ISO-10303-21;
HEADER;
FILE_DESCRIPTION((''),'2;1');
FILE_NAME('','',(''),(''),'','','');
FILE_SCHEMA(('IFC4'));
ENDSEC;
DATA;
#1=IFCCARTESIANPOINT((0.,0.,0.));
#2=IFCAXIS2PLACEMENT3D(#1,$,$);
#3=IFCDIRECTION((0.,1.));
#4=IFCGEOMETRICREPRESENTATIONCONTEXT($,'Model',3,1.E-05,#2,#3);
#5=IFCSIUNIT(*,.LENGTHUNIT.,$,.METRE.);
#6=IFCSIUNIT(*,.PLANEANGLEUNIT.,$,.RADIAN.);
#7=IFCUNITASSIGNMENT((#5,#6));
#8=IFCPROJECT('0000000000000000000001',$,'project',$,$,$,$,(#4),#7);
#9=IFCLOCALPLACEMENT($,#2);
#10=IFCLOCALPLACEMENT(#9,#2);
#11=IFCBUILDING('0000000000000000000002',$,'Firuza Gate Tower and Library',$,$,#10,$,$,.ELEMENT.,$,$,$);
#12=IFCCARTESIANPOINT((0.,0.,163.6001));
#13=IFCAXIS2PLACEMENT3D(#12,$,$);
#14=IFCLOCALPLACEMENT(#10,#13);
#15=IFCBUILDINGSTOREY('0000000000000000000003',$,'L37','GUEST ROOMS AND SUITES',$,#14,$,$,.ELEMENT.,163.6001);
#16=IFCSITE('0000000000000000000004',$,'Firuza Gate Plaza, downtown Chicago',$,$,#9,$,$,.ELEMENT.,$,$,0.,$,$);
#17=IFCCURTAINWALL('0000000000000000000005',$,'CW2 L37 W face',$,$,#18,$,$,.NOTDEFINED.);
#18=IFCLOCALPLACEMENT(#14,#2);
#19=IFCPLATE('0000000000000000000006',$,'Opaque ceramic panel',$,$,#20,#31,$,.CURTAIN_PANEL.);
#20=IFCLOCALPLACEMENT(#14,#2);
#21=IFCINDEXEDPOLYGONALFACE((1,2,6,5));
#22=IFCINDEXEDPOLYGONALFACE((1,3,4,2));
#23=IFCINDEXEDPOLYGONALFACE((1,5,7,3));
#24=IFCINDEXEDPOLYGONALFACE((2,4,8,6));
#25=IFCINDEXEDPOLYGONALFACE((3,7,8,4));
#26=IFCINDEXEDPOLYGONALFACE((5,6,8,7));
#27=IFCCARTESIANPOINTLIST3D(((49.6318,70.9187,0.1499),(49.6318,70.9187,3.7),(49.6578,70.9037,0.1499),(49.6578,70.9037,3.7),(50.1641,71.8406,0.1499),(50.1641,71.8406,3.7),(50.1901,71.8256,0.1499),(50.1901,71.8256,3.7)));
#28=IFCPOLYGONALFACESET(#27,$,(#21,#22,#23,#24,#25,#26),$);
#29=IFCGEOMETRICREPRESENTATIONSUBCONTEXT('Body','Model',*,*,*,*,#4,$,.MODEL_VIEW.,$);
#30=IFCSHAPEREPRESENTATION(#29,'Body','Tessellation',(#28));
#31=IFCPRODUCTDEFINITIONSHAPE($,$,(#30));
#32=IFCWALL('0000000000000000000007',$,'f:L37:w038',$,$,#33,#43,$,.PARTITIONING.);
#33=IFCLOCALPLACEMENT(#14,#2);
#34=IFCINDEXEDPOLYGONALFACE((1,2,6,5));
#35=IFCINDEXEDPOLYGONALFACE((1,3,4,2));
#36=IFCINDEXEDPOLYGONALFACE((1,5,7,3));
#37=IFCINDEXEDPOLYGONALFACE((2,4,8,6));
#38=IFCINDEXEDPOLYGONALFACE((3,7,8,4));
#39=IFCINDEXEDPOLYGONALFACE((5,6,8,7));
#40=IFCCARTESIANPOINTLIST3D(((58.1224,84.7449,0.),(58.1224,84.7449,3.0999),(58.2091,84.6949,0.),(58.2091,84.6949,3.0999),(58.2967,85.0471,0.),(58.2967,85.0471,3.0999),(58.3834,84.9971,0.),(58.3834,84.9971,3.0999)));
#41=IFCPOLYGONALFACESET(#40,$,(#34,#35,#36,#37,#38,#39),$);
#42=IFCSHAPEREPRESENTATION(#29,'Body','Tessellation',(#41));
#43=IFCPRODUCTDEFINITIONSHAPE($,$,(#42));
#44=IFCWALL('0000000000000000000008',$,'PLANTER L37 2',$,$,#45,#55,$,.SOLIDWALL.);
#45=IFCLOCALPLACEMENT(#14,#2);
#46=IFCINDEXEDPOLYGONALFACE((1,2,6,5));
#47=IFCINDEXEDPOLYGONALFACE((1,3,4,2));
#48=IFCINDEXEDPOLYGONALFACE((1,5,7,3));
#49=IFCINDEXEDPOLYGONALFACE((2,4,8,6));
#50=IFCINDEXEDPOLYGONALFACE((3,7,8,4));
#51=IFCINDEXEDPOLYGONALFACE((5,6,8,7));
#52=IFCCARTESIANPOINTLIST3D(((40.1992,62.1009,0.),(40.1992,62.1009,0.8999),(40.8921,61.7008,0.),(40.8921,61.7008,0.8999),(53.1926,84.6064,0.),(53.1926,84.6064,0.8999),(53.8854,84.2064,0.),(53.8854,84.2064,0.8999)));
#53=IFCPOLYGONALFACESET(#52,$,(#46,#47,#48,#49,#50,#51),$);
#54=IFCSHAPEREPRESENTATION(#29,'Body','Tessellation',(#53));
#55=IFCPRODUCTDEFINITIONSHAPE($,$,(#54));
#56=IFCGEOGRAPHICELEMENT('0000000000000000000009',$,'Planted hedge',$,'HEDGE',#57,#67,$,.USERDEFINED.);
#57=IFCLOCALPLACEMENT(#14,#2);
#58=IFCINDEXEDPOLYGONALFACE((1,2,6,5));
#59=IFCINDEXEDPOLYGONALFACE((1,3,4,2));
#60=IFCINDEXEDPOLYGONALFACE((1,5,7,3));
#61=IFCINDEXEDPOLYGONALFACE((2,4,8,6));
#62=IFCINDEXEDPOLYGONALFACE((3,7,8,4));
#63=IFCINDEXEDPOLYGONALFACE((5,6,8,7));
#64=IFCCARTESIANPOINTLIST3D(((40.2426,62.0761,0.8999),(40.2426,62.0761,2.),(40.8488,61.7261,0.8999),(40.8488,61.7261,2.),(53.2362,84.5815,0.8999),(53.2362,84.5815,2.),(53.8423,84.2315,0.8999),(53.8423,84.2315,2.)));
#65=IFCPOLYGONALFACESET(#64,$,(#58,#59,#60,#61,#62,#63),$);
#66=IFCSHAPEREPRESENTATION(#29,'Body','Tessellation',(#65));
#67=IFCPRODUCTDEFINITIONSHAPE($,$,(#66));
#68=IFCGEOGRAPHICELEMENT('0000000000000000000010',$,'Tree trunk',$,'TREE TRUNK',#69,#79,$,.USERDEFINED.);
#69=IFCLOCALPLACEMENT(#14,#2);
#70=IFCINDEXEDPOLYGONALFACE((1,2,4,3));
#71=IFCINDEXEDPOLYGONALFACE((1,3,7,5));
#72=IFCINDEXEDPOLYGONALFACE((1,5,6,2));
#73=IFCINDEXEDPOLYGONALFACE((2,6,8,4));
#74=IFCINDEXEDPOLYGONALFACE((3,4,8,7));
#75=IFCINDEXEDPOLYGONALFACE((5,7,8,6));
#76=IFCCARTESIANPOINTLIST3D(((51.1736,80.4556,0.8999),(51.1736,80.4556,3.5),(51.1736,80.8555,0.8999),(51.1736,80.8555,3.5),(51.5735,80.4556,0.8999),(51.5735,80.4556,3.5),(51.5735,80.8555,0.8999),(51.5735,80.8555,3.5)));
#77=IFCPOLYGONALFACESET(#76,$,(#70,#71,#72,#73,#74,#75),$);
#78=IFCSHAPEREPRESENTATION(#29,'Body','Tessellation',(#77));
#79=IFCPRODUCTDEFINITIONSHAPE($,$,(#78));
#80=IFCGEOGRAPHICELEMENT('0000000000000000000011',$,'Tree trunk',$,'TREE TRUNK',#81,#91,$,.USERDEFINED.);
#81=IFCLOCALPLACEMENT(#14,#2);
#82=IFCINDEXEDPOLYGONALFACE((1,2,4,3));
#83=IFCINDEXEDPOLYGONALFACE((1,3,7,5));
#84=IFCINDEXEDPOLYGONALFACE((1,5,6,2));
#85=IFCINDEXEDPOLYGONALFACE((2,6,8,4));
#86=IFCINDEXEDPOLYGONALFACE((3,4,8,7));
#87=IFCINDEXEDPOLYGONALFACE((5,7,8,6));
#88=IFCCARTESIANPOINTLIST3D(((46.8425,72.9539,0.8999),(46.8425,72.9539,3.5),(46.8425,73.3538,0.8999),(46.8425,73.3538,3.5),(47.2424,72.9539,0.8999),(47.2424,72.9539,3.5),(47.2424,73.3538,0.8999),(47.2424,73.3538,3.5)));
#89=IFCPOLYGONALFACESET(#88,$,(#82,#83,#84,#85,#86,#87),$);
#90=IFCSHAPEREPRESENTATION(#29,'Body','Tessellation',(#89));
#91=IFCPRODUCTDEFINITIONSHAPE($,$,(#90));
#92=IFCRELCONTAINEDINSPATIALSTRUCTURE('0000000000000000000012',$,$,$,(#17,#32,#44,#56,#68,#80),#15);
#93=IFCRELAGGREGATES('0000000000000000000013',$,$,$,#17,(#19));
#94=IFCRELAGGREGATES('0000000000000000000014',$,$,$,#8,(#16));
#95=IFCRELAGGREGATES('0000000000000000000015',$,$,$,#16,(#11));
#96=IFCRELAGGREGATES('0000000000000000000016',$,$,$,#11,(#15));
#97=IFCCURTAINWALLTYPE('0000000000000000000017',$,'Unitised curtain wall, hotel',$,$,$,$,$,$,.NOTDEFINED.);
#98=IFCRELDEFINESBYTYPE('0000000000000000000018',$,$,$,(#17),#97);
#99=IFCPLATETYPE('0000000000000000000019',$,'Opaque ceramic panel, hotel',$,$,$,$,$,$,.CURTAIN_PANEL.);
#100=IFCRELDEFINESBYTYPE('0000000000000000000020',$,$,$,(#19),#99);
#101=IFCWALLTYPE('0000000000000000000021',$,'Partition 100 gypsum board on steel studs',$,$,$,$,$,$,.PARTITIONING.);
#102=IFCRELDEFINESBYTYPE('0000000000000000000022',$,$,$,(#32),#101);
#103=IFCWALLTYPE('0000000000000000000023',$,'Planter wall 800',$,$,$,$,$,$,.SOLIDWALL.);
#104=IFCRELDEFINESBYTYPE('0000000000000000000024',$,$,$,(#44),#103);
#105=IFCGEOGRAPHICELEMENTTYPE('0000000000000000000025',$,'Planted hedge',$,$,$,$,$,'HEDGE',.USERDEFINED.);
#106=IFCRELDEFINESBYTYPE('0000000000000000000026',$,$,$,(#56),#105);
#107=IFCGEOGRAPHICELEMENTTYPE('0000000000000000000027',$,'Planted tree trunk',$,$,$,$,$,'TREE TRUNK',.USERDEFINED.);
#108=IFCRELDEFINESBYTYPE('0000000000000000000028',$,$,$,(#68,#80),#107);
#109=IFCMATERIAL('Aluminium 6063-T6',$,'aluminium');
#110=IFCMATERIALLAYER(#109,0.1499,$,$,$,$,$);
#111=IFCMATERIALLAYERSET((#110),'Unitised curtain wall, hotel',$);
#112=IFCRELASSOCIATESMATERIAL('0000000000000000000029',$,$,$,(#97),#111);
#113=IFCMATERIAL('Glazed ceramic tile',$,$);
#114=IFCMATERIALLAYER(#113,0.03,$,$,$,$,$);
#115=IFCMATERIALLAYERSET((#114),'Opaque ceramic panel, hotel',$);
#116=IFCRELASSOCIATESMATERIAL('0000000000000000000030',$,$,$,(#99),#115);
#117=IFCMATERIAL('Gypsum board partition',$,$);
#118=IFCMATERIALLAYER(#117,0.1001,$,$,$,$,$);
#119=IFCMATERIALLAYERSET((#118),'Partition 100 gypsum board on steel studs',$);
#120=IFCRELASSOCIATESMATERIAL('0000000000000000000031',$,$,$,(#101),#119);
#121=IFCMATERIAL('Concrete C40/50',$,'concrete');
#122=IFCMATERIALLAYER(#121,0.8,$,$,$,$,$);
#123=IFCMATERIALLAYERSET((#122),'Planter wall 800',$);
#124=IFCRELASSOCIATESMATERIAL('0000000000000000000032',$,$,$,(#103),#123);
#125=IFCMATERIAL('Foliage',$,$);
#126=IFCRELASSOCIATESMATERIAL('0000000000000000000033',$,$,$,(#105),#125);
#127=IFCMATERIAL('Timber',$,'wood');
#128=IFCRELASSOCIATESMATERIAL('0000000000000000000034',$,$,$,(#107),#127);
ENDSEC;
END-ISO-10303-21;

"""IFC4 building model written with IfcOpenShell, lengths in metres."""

from ifc_helpers import new_model, si_unit, direction, frame, frame_2d, origin, origin_2d, place, context, subcontext, project, spatial, polyline, rectangle, outline, extrude, material, layer, layer_set, type_object, element, aggregate, save


model = new_model("IFC4")

# Units and contexts
model_context = context("Model", 3, precision=1e-05, world=origin(), true_north=direction((0.0, 1.0)))
body_context = subcontext(model_context, "Body", "Model", "MODEL_VIEW")
ifc_project = project(units=[si_unit("LENGTHUNIT", "METRE"), si_unit("PLANEANGLEUNIT", "RADIAN")], contexts=[model_context])

# Site, building, storey
site_placement = place(None, origin())
site = spatial("IfcSite", under=ifc_project, at=site_placement, Name="Firuza Gate Plaza, downtown Chicago", CompositionType="ELEMENT", RefElevation=0.0)
building_placement = place(site_placement, origin())
building = spatial("IfcBuilding", under=site, at=building_placement, Name="Firuza Gate Tower and Library", CompositionType="ELEMENT")
storey_placement = place(building_placement, frame((0.0, 0.0, 163.6001)))
storey = spatial("IfcBuildingStorey", under=building, at=storey_placement, Name="L37", Description="GUEST ROOMS AND SUITES", CompositionType="ELEMENT", Elevation=163.6001)

# Curtain wall
ifc_material_1 = material(Name="Aluminium 6063-T6", Category="aluminium")
ifc_layer_1 = layer(ifc_material_1, 0.1499)
ifc_layer_set_1 = layer_set([ifc_layer_1], Name="Unitised curtain wall, hotel")
curtain_wall_type = type_object("IfcCurtainWallType", Name="Unitised curtain wall, hotel", PredefinedType="NOTDEFINED", material=ifc_layer_set_1)
curtain_wall_placement = place(storey_placement, origin())
curtain_wall = element("IfcCurtainWall", 1, at=curtain_wall_placement, inside=storey, type_object=curtain_wall_type, Name="CW2 L37 W face", PredefinedType="NOTDEFINED")

# Plate
ifc_material_2 = material(Name="Glazed ceramic tile")
ifc_layer_2 = layer(ifc_material_2, 0.03)
ifc_layer_set_2 = layer_set([ifc_layer_2], Name="Opaque ceramic panel, hotel")
plate_type_1 = type_object("IfcPlateType", Name="Opaque ceramic panel, hotel", PredefinedType="CURTAIN_PANEL", material=ifc_layer_set_2)
plate_1_placement = place(storey_placement, frame((50.1641, 71.8406, 0.1499), z_axis=(-0.866033, 0.499987, 0.0), x_axis=(-0.499987, -0.866033, 0.0)))
plate_1 = element("IfcPlate", 2, at=plate_1_placement, type_object=plate_type_1, Name="Opaque ceramic panel", PredefinedType="CURTAIN_PANEL", context=body_context, shape_type="SweptSolid", body=[
    extrude(outline(polyline([(0.0, 0.0), (1.0645, 0.0), (1.0645, 3.55), (0.0, 3.55), (0.0, 0.0)])), origin(), (0.0, 0.0, -1.0), 0.03),
])
aggregate(curtain_wall, [plate_1])

# Walls
ifc_material_3 = material(Name="Gypsum board partition")
ifc_layer_3 = layer(ifc_material_3, 0.1001)
ifc_layer_set_3 = layer_set([ifc_layer_3], Name="Partition 100 gypsum board on steel studs")
wall_type_1 = type_object("IfcWallType", Name="Partition 100 gypsum board on steel studs", PredefinedType="PARTITIONING", material=ifc_layer_set_3)
wall_1_placement = place(storey_placement, frame((58.1658, 84.72, 0.0), z_axis=(0.0, 0.0, 1.0), x_axis=(0.499601, 0.866255, 0.0)))
element("IfcWall", 3, at=wall_1_placement, inside=storey, type_object=wall_type_1, Name="f:L37:w038", PredefinedType="PARTITIONING", context=body_context, shape_type="SweptSolid", body=[
    extrude(rectangle(XDim=0.3489, YDim=0.1001, at=frame_2d((0.1743, 0.0))), origin(), (0.0, 0.0, 1.0), 3.0999),
])
ifc_material_4 = material(Name="Concrete C40/50", Category="concrete")
ifc_layer_4 = layer(ifc_material_4, 0.8)
ifc_layer_set_4 = layer_set([ifc_layer_4], Name="Planter wall 800")
wall_type_2 = type_object("IfcWallType", Name="Planter wall 800", PredefinedType="SOLIDWALL", material=ifc_layer_set_4)
wall_2_placement = place(storey_placement, frame((53.5391, 84.4065, 0.0), z_axis=(0.0, 0.0, 1.0), x_axis=(-0.499994, -0.866029, 0.0)))
element("IfcWall", 4, at=wall_2_placement, inside=storey, type_object=wall_type_2, Name="PLANTER L37 2", PredefinedType="SOLIDWALL", context=body_context, shape_type="SweptSolid", body=[
    extrude(rectangle(XDim=25.9871, YDim=0.8, at=frame_2d((12.9937, 0.0))), origin(), (0.0, 0.0, 1.0), 0.8999),
])

# Geographic elements
ifc_material_5 = material(Name="Foliage")
geographic_element_type_1 = type_object("IfcGeographicElementType", Name="Planted hedge", ElementType="HEDGE", PredefinedType="USERDEFINED", material=ifc_material_5)
geographic_element_placement = place(storey_placement, frame((47.0425, 73.1538, 0.8999), z_axis=(0.0, 0.0, 1.0), x_axis=(-0.5, -0.866025, 0.0)))
element("IfcGeographicElement", 5, at=geographic_element_placement, inside=storey, type_object=geographic_element_type_1, Name="Planted hedge", ObjectType="HEDGE", PredefinedType="USERDEFINED", context=body_context, shape_type="SweptSolid", body=[
    extrude(rectangle(XDim=25.9871, YDim=0.7, at=origin_2d()), origin(), (0.0, 0.0, 1.0), 1.1001),
])
ifc_material_6 = material(Name="Timber", Category="wood")
geographic_element_type_2 = type_object("IfcGeographicElementType", Name="Planted tree trunk", ElementType="TREE TRUNK", PredefinedType="USERDEFINED", material=ifc_material_6)
for number, where, z_axis, x_axis, name in (
    (6, (51.3735, 80.6555, 0.8999), (0.0, 0.0, 1.0), (1.0, 0.0, 0.0), "Tree trunk"),
    (7, (47.0425, 73.1538, 0.8999), (0.0, 0.0, 1.0), (1.0, 0.0, 0.0), "Tree trunk"),
):
    element("IfcGeographicElement", number, at=place(storey_placement, frame(where, z_axis=z_axis, x_axis=x_axis)), inside=storey, type_object=geographic_element_type_2, Name=name, ObjectType="TREE TRUNK", PredefinedType="USERDEFINED", context=body_context, shape_type="SweptSolid", body=[
        extrude(rectangle(XDim=0.3999, YDim=0.3999, at=origin_2d()), origin(), (0.0, 0.0, 1.0), 2.6001),
    ])

save(model, "model.ifc")
